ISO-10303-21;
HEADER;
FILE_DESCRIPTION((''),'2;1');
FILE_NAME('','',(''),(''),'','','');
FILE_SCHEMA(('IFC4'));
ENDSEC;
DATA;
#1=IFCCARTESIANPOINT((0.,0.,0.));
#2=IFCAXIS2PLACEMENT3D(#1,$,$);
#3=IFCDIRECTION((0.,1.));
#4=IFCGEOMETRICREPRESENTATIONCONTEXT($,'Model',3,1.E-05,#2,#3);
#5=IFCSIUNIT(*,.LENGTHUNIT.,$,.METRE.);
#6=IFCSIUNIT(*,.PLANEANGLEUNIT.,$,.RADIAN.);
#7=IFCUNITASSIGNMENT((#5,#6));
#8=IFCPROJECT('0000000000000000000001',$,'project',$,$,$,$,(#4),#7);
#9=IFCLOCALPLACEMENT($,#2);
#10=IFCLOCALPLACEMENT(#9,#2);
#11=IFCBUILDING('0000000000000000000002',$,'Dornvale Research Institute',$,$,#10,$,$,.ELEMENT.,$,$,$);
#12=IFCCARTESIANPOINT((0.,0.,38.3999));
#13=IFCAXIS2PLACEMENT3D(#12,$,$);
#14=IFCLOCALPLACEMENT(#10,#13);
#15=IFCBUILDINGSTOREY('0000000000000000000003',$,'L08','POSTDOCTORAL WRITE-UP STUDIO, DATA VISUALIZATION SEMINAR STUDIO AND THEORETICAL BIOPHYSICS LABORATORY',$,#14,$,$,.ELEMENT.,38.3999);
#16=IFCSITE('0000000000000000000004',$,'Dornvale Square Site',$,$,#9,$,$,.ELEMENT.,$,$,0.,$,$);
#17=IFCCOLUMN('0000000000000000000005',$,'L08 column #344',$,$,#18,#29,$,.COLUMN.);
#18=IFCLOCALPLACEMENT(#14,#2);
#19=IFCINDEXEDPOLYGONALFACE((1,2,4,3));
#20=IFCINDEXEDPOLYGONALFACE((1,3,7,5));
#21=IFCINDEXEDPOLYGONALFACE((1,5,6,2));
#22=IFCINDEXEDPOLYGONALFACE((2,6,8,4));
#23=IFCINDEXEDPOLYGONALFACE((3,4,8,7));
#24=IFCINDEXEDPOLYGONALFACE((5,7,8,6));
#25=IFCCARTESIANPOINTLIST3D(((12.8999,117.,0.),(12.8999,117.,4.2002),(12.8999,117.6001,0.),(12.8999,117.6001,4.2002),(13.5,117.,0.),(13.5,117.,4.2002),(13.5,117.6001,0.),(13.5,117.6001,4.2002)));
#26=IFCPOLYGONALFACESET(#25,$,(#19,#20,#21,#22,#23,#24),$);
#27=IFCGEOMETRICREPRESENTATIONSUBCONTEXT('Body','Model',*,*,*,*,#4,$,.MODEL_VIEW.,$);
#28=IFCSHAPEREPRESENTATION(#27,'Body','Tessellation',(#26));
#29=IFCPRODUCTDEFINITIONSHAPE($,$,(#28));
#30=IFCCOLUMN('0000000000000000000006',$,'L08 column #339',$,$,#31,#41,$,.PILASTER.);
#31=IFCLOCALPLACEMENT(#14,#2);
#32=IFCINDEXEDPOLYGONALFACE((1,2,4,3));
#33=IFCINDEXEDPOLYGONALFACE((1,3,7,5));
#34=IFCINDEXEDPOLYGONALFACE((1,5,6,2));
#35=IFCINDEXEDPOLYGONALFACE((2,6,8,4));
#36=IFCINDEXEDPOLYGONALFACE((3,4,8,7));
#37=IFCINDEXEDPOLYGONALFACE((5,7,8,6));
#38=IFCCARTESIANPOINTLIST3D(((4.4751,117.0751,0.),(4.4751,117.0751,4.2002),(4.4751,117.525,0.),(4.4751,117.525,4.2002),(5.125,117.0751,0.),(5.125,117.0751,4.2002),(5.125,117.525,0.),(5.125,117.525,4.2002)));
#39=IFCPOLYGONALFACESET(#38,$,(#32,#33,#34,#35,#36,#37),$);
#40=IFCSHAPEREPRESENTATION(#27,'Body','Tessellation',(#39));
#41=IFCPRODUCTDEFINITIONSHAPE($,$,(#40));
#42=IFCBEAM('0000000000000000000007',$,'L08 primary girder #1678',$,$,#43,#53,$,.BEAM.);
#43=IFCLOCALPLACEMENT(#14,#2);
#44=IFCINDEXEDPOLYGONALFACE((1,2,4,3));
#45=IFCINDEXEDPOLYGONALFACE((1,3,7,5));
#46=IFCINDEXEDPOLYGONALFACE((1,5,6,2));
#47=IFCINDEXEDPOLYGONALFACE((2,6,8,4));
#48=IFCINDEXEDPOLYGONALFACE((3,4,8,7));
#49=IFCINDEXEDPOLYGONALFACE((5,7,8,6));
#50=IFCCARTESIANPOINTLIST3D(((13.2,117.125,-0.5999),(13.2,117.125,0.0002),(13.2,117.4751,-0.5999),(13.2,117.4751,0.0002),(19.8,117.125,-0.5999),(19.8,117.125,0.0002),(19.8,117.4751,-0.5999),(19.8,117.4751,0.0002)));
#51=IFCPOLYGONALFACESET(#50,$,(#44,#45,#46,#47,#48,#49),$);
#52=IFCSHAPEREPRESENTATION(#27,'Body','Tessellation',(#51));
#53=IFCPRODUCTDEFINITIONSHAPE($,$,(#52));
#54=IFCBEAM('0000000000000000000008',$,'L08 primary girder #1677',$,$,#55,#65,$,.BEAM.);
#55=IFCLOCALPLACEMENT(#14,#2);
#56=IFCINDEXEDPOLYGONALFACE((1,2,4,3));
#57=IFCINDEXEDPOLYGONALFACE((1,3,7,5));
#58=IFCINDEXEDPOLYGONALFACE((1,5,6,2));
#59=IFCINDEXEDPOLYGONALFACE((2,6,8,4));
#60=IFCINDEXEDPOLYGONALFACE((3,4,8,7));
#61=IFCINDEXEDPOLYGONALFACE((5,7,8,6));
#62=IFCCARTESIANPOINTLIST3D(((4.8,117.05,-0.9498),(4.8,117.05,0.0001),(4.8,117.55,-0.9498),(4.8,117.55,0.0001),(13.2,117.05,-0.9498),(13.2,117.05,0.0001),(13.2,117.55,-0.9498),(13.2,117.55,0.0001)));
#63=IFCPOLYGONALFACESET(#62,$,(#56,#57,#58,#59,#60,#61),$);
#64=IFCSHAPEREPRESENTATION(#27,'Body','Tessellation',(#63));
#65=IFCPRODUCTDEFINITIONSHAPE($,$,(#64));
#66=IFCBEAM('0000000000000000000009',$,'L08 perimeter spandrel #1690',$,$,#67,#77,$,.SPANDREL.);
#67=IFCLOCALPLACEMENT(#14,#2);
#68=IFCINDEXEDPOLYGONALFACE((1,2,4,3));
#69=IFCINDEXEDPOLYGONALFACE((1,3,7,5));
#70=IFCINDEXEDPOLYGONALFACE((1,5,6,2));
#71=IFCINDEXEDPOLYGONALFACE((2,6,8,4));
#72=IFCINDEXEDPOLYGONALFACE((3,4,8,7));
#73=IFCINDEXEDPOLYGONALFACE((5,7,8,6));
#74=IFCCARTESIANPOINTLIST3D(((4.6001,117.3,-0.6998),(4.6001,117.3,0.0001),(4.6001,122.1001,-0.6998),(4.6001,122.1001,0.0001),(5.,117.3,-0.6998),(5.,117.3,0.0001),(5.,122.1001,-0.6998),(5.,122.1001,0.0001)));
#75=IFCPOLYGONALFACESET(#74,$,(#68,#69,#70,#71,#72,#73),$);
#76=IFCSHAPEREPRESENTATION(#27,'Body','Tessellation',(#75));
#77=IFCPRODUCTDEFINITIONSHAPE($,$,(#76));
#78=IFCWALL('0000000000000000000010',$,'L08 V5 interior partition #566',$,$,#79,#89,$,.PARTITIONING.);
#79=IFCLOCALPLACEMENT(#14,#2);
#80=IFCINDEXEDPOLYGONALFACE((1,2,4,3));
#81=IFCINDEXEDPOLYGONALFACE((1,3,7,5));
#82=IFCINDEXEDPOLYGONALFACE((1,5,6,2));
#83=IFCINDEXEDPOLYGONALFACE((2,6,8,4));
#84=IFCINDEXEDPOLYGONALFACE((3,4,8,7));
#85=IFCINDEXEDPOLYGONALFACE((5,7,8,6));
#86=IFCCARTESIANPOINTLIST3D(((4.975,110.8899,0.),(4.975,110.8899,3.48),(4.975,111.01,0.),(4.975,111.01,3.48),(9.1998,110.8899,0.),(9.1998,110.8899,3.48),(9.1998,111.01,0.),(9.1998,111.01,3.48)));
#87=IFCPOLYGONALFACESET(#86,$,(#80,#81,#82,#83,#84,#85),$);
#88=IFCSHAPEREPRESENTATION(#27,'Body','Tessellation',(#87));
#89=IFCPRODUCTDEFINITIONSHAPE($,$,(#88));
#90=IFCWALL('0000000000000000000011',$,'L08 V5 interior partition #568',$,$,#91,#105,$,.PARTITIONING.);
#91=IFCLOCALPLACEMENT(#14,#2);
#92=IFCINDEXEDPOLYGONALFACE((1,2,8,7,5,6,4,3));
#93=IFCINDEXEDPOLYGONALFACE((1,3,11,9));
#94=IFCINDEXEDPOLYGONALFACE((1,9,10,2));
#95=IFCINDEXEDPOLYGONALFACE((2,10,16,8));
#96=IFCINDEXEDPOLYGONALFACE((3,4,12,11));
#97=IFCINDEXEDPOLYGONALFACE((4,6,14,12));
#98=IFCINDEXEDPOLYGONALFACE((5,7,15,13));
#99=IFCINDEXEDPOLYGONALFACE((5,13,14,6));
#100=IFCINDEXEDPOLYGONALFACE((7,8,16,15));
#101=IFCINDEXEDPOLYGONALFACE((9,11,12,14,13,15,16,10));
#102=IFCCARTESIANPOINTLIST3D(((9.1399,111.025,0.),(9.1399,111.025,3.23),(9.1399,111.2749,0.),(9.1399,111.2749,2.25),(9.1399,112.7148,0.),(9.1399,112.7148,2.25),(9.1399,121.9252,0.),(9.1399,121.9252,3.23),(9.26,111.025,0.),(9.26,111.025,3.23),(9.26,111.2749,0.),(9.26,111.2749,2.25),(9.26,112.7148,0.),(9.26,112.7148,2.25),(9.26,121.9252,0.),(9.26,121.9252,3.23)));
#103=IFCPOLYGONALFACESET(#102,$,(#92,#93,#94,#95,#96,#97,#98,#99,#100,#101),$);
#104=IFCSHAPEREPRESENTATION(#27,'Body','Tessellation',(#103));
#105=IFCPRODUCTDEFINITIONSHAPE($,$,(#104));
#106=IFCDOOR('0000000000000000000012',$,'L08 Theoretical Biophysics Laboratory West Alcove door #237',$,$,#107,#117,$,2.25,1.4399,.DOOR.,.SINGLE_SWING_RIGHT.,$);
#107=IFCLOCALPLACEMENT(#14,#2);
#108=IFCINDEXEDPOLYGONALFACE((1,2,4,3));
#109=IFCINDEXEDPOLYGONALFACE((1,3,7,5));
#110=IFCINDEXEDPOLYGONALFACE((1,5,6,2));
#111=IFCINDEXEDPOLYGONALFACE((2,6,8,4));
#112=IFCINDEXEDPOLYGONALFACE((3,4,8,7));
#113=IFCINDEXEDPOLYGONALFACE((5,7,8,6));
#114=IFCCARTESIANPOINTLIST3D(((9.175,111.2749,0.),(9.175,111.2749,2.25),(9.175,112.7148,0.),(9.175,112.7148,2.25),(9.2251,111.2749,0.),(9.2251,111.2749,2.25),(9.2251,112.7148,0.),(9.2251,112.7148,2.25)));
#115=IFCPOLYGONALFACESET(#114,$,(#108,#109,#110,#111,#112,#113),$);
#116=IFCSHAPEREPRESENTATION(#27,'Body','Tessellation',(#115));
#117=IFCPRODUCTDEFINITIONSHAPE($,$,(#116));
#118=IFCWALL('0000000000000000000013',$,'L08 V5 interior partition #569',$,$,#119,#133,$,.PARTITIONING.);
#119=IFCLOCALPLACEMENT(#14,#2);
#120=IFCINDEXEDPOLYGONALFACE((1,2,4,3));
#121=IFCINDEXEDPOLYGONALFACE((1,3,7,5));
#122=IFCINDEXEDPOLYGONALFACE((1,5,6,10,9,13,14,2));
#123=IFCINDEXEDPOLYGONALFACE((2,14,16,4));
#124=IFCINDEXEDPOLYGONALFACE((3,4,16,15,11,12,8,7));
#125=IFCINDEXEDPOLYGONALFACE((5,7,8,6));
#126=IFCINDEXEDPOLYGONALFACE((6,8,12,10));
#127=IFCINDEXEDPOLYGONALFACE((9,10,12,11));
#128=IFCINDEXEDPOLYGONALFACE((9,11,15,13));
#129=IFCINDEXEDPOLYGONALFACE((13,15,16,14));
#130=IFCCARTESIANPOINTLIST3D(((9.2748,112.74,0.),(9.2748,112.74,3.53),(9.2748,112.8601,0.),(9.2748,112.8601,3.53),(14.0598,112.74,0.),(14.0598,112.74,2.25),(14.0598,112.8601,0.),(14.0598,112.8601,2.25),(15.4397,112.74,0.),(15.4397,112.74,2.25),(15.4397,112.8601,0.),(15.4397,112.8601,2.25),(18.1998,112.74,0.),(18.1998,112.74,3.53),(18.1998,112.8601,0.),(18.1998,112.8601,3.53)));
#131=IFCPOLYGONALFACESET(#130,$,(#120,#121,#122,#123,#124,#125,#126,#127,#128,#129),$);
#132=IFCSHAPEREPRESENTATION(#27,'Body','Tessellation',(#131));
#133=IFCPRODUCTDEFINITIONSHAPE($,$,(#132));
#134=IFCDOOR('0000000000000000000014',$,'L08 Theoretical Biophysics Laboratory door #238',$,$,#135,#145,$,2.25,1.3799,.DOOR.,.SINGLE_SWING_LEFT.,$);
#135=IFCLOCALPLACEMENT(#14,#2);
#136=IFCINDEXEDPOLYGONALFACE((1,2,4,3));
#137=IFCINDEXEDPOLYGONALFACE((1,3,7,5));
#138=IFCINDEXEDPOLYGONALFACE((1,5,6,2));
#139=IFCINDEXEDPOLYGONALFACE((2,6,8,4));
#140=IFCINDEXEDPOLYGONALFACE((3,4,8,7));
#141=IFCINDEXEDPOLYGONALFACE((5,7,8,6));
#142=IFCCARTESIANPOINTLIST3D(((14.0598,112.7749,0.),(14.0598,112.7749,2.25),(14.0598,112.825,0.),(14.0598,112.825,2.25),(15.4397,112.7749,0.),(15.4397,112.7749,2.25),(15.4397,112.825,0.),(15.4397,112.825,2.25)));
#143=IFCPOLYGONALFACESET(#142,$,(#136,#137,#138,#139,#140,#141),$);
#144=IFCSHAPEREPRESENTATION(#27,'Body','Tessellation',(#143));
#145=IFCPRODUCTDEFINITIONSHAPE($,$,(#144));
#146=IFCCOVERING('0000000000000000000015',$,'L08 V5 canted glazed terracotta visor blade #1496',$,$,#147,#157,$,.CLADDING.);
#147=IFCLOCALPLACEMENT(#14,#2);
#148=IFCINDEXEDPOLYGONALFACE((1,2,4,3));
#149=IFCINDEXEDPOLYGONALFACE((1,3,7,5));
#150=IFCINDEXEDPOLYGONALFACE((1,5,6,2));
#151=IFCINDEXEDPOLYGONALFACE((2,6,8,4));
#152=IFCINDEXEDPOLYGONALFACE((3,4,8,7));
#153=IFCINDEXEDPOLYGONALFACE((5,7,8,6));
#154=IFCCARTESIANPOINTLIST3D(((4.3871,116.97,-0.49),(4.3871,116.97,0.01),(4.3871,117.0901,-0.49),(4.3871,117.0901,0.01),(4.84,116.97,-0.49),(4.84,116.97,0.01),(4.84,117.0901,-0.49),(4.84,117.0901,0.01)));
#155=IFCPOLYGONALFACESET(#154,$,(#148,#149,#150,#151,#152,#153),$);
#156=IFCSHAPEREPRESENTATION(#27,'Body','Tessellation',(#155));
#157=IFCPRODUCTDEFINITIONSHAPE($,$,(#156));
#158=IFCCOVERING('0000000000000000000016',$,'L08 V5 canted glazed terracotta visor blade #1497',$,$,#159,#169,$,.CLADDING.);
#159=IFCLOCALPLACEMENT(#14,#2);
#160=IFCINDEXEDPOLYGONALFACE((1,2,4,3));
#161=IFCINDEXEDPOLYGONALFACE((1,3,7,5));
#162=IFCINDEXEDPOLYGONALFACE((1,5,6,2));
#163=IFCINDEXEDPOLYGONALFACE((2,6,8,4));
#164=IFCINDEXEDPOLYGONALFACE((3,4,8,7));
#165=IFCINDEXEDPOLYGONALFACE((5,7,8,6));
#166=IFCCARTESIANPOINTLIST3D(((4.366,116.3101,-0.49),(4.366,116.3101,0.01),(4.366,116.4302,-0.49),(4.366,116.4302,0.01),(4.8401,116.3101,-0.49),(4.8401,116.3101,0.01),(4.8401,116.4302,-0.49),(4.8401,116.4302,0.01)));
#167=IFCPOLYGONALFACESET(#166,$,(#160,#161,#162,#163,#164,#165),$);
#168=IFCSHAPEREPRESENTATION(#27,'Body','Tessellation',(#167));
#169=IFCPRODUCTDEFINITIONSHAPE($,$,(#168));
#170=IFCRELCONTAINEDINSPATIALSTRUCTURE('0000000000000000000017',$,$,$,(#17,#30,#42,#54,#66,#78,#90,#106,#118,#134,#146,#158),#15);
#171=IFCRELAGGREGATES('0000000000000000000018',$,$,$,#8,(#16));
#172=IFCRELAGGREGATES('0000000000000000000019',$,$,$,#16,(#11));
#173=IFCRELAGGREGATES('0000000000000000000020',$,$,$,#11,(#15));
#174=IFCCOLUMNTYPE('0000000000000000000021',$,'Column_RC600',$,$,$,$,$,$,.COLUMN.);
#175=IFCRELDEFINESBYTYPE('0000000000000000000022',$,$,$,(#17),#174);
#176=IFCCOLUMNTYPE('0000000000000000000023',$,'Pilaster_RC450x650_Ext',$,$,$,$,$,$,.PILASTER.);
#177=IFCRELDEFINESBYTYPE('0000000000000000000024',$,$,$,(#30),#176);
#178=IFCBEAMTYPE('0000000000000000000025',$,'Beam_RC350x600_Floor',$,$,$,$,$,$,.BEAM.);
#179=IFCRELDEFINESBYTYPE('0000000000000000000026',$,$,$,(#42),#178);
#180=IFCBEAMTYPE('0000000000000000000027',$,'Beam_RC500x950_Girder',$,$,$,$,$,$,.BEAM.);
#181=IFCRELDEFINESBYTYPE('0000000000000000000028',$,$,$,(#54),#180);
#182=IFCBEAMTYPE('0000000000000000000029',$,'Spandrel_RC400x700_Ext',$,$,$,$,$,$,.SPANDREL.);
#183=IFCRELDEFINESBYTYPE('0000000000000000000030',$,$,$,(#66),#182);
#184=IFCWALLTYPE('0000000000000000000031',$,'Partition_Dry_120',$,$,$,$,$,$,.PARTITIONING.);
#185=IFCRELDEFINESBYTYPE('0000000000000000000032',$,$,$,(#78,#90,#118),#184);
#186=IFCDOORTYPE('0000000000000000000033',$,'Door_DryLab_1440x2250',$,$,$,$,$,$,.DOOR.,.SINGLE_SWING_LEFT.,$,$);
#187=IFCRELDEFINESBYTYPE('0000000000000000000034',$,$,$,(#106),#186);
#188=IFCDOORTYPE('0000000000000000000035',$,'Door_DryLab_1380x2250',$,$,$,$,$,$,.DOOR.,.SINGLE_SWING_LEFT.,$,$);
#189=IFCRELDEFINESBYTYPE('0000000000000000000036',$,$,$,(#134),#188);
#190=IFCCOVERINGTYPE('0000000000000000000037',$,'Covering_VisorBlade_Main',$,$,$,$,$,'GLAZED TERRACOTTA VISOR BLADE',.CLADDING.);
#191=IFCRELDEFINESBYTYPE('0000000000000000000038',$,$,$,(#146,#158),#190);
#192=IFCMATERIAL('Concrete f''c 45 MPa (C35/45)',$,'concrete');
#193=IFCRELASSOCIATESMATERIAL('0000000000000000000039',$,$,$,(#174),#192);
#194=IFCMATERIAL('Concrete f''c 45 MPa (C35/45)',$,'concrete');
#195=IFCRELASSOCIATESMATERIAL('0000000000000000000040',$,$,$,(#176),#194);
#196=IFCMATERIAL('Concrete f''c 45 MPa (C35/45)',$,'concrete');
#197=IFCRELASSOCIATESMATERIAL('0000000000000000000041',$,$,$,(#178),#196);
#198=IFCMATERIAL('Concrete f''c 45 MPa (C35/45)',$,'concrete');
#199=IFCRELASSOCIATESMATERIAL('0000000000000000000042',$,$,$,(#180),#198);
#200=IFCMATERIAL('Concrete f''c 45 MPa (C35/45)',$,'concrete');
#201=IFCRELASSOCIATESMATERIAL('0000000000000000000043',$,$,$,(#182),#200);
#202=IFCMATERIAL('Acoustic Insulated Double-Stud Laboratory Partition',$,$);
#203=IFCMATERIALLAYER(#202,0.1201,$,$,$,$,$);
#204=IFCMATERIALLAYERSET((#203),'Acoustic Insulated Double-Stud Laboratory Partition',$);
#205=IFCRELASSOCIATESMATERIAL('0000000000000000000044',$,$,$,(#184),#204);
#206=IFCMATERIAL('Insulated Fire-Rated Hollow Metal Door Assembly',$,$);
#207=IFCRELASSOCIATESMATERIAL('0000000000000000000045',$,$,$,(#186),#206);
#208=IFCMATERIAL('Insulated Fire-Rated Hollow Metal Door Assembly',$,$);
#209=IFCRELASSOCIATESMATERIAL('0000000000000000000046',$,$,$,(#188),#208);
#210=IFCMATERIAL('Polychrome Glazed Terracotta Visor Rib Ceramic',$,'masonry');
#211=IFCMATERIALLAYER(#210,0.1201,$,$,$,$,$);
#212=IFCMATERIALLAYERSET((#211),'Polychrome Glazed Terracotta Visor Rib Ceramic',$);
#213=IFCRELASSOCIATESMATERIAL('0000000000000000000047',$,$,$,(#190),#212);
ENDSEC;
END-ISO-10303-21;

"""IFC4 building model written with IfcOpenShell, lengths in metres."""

from ifc_helpers import new_model, si_unit, direction, frame, frame_2d, origin, origin_2d, place, context, subcontext, project, spatial, rectangle, extrude, material, layer, layer_set, material_profile, profile_set, type_object, element, fill, save


model = new_model("IFC4")

# Units and contexts
model_context = context("Model", 3, precision=1e-05, world=origin(), true_north=direction((0.0, 1.0)))
body_context = subcontext(model_context, "Body", "Model", "MODEL_VIEW")
ifc_project = project(units=[si_unit("LENGTHUNIT", "METRE"), si_unit("PLANEANGLEUNIT", "RADIAN")], contexts=[model_context])

# Site, building, storey
site_placement = place(None, origin())
site = spatial("IfcSite", under=ifc_project, at=site_placement, Name="Dornvale Square Site", CompositionType="ELEMENT", RefElevation=0.0)
building_placement = place(site_placement, origin())
building = spatial("IfcBuilding", under=site, at=building_placement, Name="Dornvale Research Institute", CompositionType="ELEMENT")
storey_placement = place(building_placement, frame((0.0, 0.0, 38.3999)))
storey = spatial("IfcBuildingStorey", under=building, at=storey_placement, Name="L08", Description="POSTDOCTORAL WRITE-UP STUDIO, DATA VISUALIZATION SEMINAR STUDIO AND THEORETICAL BIOPHYSICS LABORATORY", CompositionType="ELEMENT", Elevation=38.3999)

# Columns
ifc_material_1 = material(Name="Concrete f'c 45 MPa (C35/45)", Category="concrete")
ifc_material_profile_1 = material_profile(ifc_material_1, rectangle(XDim=0.6001, YDim=0.6001, at=origin_2d()), Name="RC 600x600")
ifc_profile_set_1 = profile_set([ifc_material_profile_1], Name="Concrete f'c 45 MPa (C35/45)")
column_type_1 = type_object("IfcColumnType", Name="Column_RC600", PredefinedType="COLUMN", material=ifc_profile_set_1)
column_1_placement = place(storey_placement, frame((13.2, 117.3, 0.0), z_axis=(0.0, 0.0, 1.0), x_axis=(1.0, 0.0, 0.0)))
element("IfcColumn", 1, at=column_1_placement, inside=storey, type_object=column_type_1, Name="L08 column #344", PredefinedType="COLUMN", context=body_context, shape_type="SweptSolid", body=[
    extrude(rectangle(XDim=0.6001, YDim=0.6001, at=origin_2d()), origin(), (0.0, 0.0, 1.0), 4.2002),
])
ifc_material_2 = material(Name="Concrete f'c 45 MPa (C35/45)", Category="concrete")
ifc_material_profile_2 = material_profile(ifc_material_2, rectangle(XDim=0.45, YDim=0.6499, at=origin_2d()), Name="RC 450x650")
ifc_profile_set_2 = profile_set([ifc_material_profile_2], Name="Concrete f'c 45 MPa (C35/45)")
column_type_2 = type_object("IfcColumnType", Name="Pilaster_RC450x650_Ext", PredefinedType="PILASTER", material=ifc_profile_set_2)
column_2_placement = place(storey_placement, frame((4.8, 117.3, 0.0), z_axis=(0.0, 0.0, 1.0), x_axis=(0.0, 1.0, 0.0)))
element("IfcColumn", 2, at=column_2_placement, inside=storey, type_object=column_type_2, Name="L08 column #339", PredefinedType="PILASTER", context=body_context, shape_type="SweptSolid", body=[
    extrude(rectangle(XDim=0.45, YDim=0.6499, at=origin_2d()), origin(), (0.0, 0.0, 1.0), 4.2002),
])

# Beams
ifc_material_3 = material(Name="Concrete f'c 45 MPa (C35/45)", Category="concrete")
ifc_material_profile_3 = material_profile(ifc_material_3, rectangle(XDim=0.3501, YDim=0.6001, at=origin_2d()), Name="RC 350x600")
ifc_profile_set_3 = profile_set([ifc_material_profile_3], Name="Concrete f'c 45 MPa (C35/45)")
beam_type_1 = type_object("IfcBeamType", Name="Beam_RC350x600_Floor", PredefinedType="BEAM", material=ifc_profile_set_3)
beam_1_placement = place(storey_placement, frame((13.2, 117.3, -0.2998), z_axis=(1.0, 0.0, 0.0), x_axis=(0.0, 1.0, 0.0)))
element("IfcBeam", 3, at=beam_1_placement, inside=storey, type_object=beam_type_1, Name="L08 primary girder #1678", PredefinedType="BEAM", context=body_context, shape_type="SweptSolid", body=[
    extrude(rectangle(XDim=0.3501, YDim=0.6001, at=origin_2d()), origin(), (0.0, 0.0, 1.0), 6.6001),
])
ifc_material_4 = material(Name="Concrete f'c 45 MPa (C35/45)", Category="concrete")
ifc_material_profile_4 = material_profile(ifc_material_4, rectangle(XDim=0.5, YDim=0.95, at=origin_2d()), Name="RC 500x950")
ifc_profile_set_4 = profile_set([ifc_material_profile_4], Name="Concrete f'c 45 MPa (C35/45)")
beam_type_2 = type_object("IfcBeamType", Name="Beam_RC500x950_Girder", PredefinedType="BEAM", material=ifc_profile_set_4)
beam_2_placement = place(storey_placement, frame((4.8, 117.3, -0.4749), z_axis=(1.0, 0.0, 0.0), x_axis=(0.0, 1.0, 0.0)))
element("IfcBeam", 4, at=beam_2_placement, inside=storey, type_object=beam_type_2, Name="L08 primary girder #1677", PredefinedType="BEAM", context=body_context, shape_type="SweptSolid", body=[
    extrude(rectangle(XDim=0.5, YDim=0.95, at=origin_2d()), origin(), (0.0, 0.0, 1.0), 8.3999),
])
ifc_material_5 = material(Name="Concrete f'c 45 MPa (C35/45)", Category="concrete")
ifc_material_profile_5 = material_profile(ifc_material_5, rectangle(XDim=0.3999, YDim=0.7, at=origin_2d()), Name="RC 400x700")
ifc_profile_set_5 = profile_set([ifc_material_profile_5], Name="Concrete f'c 45 MPa (C35/45)")
beam_type_3 = type_object("IfcBeamType", Name="Spandrel_RC400x700_Ext", PredefinedType="SPANDREL", material=ifc_profile_set_5)
beam_3_placement = place(storey_placement, frame((4.8, 117.3, -0.3499), z_axis=(0.0, 1.0, 0.0), x_axis=(-1.0, 0.0, 0.0)))
element("IfcBeam", 5, at=beam_3_placement, inside=storey, type_object=beam_type_3, Name="L08 perimeter spandrel #1690", PredefinedType="SPANDREL", context=body_context, shape_type="SweptSolid", body=[
    extrude(rectangle(XDim=0.3999, YDim=0.7, at=origin_2d()), origin(), (0.0, 0.0, 1.0), 4.8),
])

# Wall
ifc_material_6 = material(Name="Acoustic Insulated Double-Stud Laboratory Partition")
ifc_layer_1 = layer(ifc_material_6, 0.1201)
ifc_layer_set_1 = layer_set([ifc_layer_1], Name="Acoustic Insulated Double-Stud Laboratory Partition")
wall_type = type_object("IfcWallType", Name="Partition_Dry_120", PredefinedType="PARTITIONING", material=ifc_layer_set_1)
wall_1_placement = place(storey_placement, frame((4.9751, 110.95, 0.0), z_axis=(0.0, 0.0, 1.0), x_axis=(1.0, 0.0, 0.0)))
element("IfcWall", 6, at=wall_1_placement, inside=storey, type_object=wall_type, Name="L08 V5 interior partition #566", PredefinedType="PARTITIONING", context=body_context, shape_type="SweptSolid", body=[
    extrude(rectangle(XDim=4.2249, YDim=0.1201, at=frame_2d((2.1123, 0.0))), origin(), (0.0, 0.0, 1.0), 3.48),
])

# Walls, openings, doors
wall_2_placement = place(storey_placement, frame((9.2, 111.0249, 0.0), z_axis=(0.0, 0.0, 1.0), x_axis=(0.0, 1.0, 0.0)))
wall_2 = element("IfcWall", 7, at=wall_2_placement, inside=storey, type_object=wall_type, Name="L08 V5 interior partition #568", PredefinedType="PARTITIONING", context=body_context, shape_type="SweptSolid", body=[
    extrude(rectangle(XDim=10.9001, YDim=0.1201, at=frame_2d((5.4502, 0.0))), origin(), (0.0, 0.0, 1.0), 3.23),
])
opening_1_placement = place(wall_2_placement, frame((0.25, 0.0, 0.0)))
opening_1 = element("IfcOpeningElement", 8, at=opening_1_placement, cuts=wall_2, PredefinedType="OPENING", context=body_context, shape_type="SweptSolid", body=[
    extrude(rectangle(XDim=1.4399, YDim=2.25, at=frame_2d((0.72, 1.125))), frame((0.0, 0.075, 0.0), z_axis=(0.0, -1.0, 0.0), x_axis=(1.0, 0.0, 0.0)), (0.0, 0.0, 1.0), 0.1501),
])
ifc_material_7 = material(Name="Insulated Fire-Rated Hollow Metal Door Assembly")
door_type_1 = type_object("IfcDoorType", Name="Door_DryLab_1440x2250", OperationType="SINGLE_SWING_LEFT", PredefinedType="DOOR", material=ifc_material_7)
door_1_placement = place(opening_1_placement, origin())
door_1 = element("IfcDoor", 9, at=door_1_placement, inside=storey, type_object=door_type_1, Name="L08 Theoretical Biophysics Laboratory West Alcove door #237", OperationType="SINGLE_SWING_RIGHT", OverallHeight=2.25, OverallWidth=1.4399, PredefinedType="DOOR", context=body_context, shape_type="SweptSolid", body=[
    extrude(rectangle(XDim=1.4399, YDim=2.25, at=frame_2d((0.72, 1.125))), frame((0.0, 0.0249, 0.0), z_axis=(0.0, -1.0, 0.0), x_axis=(1.0, 0.0, 0.0)), (0.0, 0.0, 1.0), 0.05),
])
fill(opening_1, door_1)
wall_3_placement = place(storey_placement, frame((9.2749, 112.8, 0.0), z_axis=(0.0, 0.0, 1.0), x_axis=(1.0, 0.0, 0.0)))
wall_3 = element("IfcWall", 10, at=wall_3_placement, inside=storey, type_object=wall_type, Name="L08 V5 interior partition #569", PredefinedType="PARTITIONING", context=body_context, shape_type="SweptSolid", body=[
    extrude(rectangle(XDim=8.925, YDim=0.1201, at=frame_2d((4.4624, 0.0))), origin(), (0.0, 0.0, 1.0), 3.53),
])
opening_2_placement = place(wall_3_placement, frame((4.7849, 0.0, 0.0)))
opening_2 = element("IfcOpeningElement", 11, at=opening_2_placement, cuts=wall_3, PredefinedType="OPENING", context=body_context, shape_type="SweptSolid", body=[
    extrude(rectangle(XDim=1.3799, YDim=2.25, at=frame_2d((0.6899, 1.125))), frame((0.0, 0.075, 0.0), z_axis=(0.0, -1.0, 0.0), x_axis=(1.0, 0.0, 0.0)), (0.0, 0.0, 1.0), 0.1501),
])
ifc_material_8 = material(Name="Insulated Fire-Rated Hollow Metal Door Assembly")
door_type_2 = type_object("IfcDoorType", Name="Door_DryLab_1380x2250", OperationType="SINGLE_SWING_LEFT", PredefinedType="DOOR", material=ifc_material_8)
door_2_placement = place(opening_2_placement, origin())
door_2 = element("IfcDoor", 12, at=door_2_placement, inside=storey, type_object=door_type_2, Name="L08 Theoretical Biophysics Laboratory door #238", OperationType="SINGLE_SWING_LEFT", OverallHeight=2.25, OverallWidth=1.3799, PredefinedType="DOOR", context=body_context, shape_type="SweptSolid", body=[
    extrude(rectangle(XDim=1.3799, YDim=2.25, at=frame_2d((0.6899, 1.125))), frame((0.0, 0.0249, 0.0), z_axis=(0.0, -1.0, 0.0), x_axis=(1.0, 0.0, 0.0)), (0.0, 0.0, 1.0), 0.05),
])
fill(opening_2, door_2)

# Coverings
ifc_material_9 = material(Name="Polychrome Glazed Terracotta Visor Rib Ceramic", Category="masonry")
ifc_layer_2 = layer(ifc_material_9, 0.1201)
ifc_layer_set_2 = layer_set([ifc_layer_2], Name="Polychrome Glazed Terracotta Visor Rib Ceramic")
covering_type = type_object("IfcCoveringType", Name="Covering_VisorBlade_Main", ElementType="GLAZED TERRACOTTA VISOR BLADE", PredefinedType="CLADDING", material=ifc_layer_set_2)
covering_1_placement = place(storey_placement, frame((4.6135, 117.03, -0.49), z_axis=(0.0, 0.0, 1.0), x_axis=(1.0, 0.0, 0.0)))
element("IfcCovering", 13, at=covering_1_placement, inside=storey, type_object=covering_type, Name="L08 V5 canted glazed terracotta visor blade #1496", PredefinedType="CLADDING", context=body_context, shape_type="SweptSolid", body=[
    extrude(rectangle(XDim=0.4529, YDim=0.1201, at=origin_2d()), origin(), (0.0, 0.0, 1.0), 0.5),
])
covering_2_placement = place(storey_placement, frame((4.603, 116.3701, -0.49), z_axis=(0.0, 0.0, 1.0), x_axis=(1.0, 0.0, 0.0)))
element("IfcCovering", 14, at=covering_2_placement, inside=storey, type_object=covering_type, Name="L08 V5 canted glazed terracotta visor blade #1497", PredefinedType="CLADDING", context=body_context, shape_type="SweptSolid", body=[
    extrude(rectangle(XDim=0.4741, YDim=0.1201, at=origin_2d()), origin(), (0.0, 0.0, 1.0), 0.5),
])

save(model, "model.ifc")
